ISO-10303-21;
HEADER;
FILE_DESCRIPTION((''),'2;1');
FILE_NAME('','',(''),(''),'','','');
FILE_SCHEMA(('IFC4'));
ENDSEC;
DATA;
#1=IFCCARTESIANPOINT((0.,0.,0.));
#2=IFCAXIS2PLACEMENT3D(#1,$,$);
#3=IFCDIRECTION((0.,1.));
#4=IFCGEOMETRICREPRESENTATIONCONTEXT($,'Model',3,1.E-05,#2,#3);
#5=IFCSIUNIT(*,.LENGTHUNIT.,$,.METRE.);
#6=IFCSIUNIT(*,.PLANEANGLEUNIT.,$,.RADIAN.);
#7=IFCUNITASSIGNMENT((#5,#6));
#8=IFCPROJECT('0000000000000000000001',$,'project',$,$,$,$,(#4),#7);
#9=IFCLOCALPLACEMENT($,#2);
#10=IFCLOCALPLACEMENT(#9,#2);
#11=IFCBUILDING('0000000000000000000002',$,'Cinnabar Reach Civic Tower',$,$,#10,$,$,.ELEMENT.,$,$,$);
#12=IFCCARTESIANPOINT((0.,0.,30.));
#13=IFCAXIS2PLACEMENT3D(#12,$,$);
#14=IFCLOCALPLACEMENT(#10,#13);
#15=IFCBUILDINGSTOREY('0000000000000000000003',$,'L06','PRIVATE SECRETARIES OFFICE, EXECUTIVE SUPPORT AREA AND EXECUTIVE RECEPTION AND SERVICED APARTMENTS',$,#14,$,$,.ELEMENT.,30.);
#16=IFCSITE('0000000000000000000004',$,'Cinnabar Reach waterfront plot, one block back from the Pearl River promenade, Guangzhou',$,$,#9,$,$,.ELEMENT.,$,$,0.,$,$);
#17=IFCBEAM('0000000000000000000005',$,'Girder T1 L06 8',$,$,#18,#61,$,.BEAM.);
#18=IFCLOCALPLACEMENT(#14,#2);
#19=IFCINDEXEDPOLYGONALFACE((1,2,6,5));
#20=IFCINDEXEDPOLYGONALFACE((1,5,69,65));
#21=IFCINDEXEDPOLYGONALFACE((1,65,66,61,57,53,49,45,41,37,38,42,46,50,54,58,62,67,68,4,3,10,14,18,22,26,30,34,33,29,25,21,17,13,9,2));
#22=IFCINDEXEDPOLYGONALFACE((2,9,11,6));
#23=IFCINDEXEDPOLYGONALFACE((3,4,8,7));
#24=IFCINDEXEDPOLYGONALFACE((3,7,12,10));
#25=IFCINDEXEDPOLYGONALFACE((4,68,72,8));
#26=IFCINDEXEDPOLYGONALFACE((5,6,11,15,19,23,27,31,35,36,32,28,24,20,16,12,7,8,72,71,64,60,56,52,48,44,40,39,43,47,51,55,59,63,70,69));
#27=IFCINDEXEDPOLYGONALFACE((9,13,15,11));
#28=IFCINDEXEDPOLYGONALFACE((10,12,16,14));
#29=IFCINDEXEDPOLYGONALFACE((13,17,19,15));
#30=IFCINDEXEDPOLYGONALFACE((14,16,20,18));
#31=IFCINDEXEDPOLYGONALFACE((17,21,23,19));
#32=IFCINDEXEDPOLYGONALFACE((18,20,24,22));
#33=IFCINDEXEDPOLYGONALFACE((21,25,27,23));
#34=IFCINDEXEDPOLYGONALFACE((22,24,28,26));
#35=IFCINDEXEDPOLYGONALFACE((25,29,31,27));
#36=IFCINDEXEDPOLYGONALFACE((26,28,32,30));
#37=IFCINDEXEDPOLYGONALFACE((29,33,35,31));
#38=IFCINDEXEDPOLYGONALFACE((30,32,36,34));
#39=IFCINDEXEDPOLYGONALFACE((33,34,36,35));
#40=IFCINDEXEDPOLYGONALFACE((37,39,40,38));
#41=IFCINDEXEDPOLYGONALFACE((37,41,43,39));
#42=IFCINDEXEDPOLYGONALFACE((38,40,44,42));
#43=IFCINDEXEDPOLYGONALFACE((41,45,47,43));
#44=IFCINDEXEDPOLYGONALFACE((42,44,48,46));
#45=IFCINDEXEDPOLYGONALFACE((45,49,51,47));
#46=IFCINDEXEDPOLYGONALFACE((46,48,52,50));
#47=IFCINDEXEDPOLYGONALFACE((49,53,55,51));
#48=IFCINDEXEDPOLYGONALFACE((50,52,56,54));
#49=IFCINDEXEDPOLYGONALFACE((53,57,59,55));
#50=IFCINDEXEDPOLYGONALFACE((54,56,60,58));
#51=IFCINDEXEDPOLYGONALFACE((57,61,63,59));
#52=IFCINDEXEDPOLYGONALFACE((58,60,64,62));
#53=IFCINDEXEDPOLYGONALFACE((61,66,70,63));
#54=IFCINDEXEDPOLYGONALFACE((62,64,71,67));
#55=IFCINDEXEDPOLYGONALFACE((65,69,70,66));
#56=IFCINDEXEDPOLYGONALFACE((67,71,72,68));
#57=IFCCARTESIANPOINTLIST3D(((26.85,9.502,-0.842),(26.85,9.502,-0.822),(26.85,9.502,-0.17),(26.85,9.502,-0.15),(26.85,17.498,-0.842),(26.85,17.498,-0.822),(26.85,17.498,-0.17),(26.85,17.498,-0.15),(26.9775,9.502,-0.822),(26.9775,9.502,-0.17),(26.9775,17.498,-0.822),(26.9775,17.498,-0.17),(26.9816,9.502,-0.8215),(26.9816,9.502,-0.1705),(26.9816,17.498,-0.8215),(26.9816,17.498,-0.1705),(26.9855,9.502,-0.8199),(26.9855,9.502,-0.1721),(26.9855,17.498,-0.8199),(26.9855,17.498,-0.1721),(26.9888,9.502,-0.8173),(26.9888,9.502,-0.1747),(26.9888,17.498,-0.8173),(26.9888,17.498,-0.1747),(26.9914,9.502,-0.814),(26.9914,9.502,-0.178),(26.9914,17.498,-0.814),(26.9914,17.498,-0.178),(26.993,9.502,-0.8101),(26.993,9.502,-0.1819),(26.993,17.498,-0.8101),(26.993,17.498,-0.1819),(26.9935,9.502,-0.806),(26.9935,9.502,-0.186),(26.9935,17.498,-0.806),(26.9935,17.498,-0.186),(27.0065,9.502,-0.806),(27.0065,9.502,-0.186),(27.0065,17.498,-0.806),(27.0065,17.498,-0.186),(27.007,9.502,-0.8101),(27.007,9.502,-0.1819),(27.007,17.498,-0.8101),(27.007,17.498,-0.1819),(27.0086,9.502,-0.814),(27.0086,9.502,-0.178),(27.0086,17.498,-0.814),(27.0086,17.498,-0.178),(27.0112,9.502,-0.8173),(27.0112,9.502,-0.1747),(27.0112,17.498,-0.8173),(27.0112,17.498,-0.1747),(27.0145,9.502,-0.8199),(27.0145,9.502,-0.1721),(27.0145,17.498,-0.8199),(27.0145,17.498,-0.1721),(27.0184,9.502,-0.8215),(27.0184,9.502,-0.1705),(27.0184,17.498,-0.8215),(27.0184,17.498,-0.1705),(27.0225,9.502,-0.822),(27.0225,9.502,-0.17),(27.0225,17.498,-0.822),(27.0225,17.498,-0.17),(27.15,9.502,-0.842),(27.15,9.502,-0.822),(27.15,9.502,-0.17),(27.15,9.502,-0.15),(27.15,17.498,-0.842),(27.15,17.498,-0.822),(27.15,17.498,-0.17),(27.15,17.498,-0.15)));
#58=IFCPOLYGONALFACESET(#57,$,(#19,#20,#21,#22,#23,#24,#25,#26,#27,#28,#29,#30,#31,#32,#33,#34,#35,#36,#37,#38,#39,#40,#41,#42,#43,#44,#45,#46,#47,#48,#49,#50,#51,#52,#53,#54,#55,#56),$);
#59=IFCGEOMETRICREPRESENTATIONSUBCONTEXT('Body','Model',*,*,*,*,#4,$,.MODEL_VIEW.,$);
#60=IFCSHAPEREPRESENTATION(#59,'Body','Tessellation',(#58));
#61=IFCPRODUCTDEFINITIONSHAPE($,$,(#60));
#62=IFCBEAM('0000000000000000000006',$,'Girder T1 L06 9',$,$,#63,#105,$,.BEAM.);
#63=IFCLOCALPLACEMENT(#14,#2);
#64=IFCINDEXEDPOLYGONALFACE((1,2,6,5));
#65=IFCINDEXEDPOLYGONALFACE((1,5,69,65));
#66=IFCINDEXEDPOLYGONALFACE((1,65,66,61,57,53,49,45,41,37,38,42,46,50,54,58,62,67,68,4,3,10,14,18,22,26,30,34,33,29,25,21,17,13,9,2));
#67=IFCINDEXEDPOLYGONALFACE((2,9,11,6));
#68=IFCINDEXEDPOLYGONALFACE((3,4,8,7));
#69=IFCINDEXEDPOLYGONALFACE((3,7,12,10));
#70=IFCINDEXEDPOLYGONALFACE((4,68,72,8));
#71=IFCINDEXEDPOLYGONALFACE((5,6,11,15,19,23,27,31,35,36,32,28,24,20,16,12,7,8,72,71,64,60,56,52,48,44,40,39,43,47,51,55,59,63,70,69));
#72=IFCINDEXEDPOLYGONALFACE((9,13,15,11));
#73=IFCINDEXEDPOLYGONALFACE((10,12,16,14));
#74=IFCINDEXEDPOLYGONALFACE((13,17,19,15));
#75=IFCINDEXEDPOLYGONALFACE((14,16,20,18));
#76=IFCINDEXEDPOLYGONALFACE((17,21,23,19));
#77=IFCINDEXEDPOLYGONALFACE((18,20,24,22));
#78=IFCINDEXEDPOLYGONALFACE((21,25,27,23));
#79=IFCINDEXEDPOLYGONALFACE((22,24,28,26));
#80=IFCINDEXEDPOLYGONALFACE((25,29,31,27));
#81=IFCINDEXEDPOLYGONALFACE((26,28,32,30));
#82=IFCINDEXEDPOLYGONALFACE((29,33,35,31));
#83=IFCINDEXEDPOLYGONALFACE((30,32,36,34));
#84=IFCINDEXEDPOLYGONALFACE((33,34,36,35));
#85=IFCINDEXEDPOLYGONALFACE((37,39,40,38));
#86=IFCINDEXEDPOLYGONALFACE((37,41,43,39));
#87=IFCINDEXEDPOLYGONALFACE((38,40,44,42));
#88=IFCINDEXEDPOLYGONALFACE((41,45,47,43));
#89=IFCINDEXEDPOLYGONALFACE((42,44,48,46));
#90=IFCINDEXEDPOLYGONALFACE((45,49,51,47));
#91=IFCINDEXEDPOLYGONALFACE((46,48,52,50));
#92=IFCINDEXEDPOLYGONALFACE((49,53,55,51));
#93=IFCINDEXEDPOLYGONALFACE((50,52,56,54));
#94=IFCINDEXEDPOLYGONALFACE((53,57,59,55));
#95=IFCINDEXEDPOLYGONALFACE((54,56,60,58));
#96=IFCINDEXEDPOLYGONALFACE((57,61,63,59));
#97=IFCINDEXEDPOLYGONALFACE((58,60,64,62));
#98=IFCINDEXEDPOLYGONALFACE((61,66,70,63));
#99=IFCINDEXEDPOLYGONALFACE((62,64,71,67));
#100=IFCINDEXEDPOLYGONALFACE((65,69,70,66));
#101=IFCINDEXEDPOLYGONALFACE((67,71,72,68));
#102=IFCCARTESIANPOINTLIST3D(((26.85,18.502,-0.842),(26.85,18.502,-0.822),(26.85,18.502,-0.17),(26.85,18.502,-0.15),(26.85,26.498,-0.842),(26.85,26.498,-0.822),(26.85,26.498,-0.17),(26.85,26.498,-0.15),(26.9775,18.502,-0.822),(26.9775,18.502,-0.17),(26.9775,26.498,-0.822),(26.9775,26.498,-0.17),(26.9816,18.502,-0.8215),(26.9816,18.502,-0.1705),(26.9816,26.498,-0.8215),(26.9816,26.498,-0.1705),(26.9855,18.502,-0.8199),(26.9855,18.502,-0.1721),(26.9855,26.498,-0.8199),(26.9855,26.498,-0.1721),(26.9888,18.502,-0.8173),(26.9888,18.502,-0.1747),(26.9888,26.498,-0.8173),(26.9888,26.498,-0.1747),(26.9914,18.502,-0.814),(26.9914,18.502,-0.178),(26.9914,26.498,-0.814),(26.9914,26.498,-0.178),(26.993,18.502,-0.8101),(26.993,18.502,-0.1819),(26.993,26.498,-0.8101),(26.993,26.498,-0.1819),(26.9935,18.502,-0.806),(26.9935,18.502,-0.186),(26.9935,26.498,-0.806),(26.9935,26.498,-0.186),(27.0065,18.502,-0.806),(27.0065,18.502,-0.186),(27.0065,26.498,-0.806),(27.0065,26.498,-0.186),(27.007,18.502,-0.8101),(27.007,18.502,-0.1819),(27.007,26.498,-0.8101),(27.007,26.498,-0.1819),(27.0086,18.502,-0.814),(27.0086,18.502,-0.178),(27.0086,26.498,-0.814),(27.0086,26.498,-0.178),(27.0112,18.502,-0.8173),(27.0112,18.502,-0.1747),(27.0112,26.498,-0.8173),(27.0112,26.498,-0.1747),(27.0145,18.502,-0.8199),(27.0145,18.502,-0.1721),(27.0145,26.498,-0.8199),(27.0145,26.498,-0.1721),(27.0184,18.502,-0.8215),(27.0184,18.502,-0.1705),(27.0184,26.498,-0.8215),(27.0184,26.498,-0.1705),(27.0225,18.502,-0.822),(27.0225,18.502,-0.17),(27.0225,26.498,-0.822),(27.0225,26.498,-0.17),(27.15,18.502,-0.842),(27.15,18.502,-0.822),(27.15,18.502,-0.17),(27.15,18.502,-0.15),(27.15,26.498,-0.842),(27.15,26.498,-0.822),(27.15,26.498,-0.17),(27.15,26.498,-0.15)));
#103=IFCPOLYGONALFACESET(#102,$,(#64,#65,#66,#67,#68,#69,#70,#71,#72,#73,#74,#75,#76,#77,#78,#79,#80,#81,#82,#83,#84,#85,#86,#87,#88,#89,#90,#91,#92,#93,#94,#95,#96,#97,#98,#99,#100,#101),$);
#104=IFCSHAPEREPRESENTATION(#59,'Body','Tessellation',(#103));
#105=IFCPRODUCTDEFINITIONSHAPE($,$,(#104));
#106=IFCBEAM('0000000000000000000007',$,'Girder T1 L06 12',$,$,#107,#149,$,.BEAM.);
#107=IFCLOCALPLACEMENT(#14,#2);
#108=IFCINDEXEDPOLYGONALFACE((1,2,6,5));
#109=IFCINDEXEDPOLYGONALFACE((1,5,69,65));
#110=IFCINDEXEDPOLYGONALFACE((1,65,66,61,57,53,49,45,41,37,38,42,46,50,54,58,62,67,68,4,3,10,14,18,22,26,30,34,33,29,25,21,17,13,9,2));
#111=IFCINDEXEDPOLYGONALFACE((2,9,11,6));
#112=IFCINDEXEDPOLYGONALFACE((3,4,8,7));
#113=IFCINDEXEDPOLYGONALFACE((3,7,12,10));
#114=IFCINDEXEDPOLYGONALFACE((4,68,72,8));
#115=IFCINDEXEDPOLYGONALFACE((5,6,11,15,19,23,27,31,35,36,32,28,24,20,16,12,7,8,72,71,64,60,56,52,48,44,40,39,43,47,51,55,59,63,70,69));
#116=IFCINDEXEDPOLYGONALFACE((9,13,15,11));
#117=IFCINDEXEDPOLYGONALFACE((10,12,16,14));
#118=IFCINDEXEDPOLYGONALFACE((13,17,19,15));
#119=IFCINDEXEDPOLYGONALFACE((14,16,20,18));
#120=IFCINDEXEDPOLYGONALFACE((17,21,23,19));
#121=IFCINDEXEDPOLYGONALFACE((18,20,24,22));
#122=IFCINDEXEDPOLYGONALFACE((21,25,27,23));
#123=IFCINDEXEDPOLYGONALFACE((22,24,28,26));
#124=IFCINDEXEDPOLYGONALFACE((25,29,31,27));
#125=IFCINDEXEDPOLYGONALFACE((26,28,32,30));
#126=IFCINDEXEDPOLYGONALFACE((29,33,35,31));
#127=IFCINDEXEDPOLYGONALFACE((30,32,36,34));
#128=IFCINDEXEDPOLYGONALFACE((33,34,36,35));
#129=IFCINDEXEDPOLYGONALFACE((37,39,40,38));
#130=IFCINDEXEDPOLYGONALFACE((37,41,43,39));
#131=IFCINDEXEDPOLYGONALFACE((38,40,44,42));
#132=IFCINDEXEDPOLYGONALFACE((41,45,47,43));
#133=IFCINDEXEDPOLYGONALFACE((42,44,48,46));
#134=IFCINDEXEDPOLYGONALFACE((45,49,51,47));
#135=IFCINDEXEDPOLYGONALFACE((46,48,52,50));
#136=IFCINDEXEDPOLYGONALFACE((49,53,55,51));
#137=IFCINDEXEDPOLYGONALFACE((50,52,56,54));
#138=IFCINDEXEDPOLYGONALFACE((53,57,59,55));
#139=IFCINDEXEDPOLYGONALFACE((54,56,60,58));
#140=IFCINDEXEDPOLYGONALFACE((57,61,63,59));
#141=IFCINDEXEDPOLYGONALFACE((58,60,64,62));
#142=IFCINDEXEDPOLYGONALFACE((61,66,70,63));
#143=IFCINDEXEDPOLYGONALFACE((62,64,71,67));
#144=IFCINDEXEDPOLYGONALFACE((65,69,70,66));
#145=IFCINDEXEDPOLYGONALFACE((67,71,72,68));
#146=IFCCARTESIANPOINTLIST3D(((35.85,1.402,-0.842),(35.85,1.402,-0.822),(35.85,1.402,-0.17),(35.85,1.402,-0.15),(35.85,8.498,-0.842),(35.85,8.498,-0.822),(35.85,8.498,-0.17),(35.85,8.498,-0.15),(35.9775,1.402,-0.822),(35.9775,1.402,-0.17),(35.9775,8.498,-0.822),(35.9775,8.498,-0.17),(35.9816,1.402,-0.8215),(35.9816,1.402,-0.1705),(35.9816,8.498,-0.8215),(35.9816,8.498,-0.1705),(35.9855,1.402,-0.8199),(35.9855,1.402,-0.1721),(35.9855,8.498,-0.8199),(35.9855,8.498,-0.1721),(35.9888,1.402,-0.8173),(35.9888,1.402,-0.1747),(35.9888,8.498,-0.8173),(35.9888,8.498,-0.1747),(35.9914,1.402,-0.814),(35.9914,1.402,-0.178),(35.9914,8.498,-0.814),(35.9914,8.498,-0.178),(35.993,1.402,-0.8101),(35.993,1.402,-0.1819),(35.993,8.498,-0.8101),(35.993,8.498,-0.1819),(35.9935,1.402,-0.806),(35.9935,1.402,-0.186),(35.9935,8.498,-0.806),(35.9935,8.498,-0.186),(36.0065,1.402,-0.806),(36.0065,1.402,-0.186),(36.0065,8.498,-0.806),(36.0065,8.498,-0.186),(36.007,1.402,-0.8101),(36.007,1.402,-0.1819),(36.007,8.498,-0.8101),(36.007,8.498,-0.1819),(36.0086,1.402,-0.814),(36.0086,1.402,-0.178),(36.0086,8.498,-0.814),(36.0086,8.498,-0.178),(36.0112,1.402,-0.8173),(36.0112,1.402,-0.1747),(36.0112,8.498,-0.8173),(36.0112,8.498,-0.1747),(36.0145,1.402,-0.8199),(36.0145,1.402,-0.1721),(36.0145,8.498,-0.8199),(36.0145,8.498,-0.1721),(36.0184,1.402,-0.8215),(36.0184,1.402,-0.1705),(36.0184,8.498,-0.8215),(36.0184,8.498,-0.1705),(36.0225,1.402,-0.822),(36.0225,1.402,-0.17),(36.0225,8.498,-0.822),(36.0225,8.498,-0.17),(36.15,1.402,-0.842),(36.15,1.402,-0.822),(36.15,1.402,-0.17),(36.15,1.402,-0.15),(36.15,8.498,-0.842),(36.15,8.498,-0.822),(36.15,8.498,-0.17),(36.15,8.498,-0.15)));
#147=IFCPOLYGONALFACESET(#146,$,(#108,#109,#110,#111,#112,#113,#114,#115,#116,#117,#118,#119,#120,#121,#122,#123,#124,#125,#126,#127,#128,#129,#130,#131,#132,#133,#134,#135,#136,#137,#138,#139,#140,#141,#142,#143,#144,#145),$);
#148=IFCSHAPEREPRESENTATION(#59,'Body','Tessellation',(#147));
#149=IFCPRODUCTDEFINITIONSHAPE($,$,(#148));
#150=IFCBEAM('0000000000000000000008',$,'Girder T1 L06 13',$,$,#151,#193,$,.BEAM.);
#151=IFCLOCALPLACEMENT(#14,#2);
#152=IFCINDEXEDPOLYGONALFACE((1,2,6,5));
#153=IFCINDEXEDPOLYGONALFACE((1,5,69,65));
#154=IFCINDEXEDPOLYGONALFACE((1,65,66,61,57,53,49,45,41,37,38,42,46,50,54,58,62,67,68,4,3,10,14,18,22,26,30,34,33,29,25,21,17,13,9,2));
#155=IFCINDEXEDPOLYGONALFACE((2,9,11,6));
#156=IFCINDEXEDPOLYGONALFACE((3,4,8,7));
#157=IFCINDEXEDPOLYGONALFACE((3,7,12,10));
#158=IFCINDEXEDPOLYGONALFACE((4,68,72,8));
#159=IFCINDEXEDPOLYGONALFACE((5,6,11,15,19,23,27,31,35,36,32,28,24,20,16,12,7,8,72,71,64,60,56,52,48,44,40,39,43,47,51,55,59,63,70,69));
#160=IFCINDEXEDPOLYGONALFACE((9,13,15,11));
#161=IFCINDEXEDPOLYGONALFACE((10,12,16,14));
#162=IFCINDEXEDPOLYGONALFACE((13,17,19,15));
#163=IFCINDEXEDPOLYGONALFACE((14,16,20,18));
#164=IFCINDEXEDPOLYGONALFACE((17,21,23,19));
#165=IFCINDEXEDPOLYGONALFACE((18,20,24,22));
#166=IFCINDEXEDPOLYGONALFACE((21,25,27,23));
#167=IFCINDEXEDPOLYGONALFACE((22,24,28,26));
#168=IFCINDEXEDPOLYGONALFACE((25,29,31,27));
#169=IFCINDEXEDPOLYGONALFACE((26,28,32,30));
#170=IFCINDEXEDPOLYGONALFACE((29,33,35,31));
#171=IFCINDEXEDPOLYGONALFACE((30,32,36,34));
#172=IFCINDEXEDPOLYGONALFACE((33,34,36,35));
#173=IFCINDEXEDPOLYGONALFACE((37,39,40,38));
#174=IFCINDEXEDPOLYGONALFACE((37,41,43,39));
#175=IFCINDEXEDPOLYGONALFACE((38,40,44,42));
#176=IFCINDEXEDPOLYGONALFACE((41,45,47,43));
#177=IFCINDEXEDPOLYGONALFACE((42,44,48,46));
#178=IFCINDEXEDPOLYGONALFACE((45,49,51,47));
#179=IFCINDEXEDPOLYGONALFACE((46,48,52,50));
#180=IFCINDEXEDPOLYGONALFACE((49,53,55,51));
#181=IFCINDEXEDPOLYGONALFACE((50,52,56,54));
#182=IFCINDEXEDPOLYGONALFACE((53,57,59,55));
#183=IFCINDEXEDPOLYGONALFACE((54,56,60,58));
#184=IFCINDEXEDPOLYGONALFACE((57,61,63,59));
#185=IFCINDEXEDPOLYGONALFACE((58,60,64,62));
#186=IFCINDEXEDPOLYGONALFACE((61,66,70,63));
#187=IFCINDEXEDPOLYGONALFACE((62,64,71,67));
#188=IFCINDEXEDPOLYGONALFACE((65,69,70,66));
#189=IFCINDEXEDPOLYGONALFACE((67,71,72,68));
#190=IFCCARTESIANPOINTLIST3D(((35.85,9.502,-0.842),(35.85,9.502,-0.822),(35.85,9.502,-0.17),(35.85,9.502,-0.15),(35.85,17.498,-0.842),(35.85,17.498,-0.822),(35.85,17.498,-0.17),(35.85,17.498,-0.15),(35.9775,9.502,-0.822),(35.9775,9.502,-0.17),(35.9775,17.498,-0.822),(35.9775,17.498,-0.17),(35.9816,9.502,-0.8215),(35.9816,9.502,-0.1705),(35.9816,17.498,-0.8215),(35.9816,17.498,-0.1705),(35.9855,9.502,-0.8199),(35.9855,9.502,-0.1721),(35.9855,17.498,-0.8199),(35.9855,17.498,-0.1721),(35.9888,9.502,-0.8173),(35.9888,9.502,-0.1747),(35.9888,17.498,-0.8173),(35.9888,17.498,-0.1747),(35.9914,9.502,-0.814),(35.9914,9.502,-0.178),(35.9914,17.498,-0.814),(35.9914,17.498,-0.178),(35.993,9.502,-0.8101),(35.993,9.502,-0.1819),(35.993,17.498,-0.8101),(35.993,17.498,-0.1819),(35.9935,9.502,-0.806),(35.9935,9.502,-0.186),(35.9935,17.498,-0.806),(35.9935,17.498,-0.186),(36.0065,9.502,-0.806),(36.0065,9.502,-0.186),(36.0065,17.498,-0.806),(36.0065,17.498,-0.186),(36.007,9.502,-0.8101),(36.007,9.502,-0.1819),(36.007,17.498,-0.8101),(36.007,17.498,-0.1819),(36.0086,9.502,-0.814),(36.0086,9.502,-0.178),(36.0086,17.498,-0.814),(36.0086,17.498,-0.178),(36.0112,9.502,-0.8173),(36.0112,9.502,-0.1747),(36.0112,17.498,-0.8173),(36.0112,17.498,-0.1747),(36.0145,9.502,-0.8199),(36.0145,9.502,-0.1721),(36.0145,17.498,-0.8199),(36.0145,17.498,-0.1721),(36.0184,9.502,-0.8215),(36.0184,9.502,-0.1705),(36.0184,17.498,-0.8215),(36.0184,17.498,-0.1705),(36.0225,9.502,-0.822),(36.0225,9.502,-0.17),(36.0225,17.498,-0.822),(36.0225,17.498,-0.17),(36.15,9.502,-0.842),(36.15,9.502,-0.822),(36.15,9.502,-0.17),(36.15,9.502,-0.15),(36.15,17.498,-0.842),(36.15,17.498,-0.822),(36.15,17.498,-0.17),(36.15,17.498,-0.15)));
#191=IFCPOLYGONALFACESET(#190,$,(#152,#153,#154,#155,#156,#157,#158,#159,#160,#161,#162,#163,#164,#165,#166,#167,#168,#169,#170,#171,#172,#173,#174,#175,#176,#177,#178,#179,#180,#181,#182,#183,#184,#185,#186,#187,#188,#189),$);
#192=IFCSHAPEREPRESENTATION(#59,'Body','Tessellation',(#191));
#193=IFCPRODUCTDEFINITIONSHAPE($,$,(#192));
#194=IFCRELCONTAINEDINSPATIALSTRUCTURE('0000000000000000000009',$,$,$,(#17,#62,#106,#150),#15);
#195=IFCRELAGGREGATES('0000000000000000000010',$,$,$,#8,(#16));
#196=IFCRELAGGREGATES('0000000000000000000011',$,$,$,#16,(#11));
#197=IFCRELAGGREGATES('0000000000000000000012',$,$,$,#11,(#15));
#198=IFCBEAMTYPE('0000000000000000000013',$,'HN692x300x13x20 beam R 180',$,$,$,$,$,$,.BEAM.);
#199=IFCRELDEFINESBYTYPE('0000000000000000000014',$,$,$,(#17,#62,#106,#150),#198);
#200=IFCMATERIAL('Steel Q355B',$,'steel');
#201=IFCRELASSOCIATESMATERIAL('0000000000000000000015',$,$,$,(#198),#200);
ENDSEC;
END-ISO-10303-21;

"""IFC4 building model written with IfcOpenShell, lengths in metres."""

from ifc_helpers import new_model, si_unit, direction, frame, origin, origin_2d, place, context, subcontext, project, spatial, i_section, extrude, material, material_profile, profile_set, type_object, element, save


model = new_model("IFC4")

# Units and contexts
model_context = context("Model", 3, precision=1e-05, world=origin(), true_north=direction((0.0, 1.0)))
body_context = subcontext(model_context, "Body", "Model", "MODEL_VIEW")
ifc_project = project(units=[si_unit("LENGTHUNIT", "METRE"), si_unit("PLANEANGLEUNIT", "RADIAN")], contexts=[model_context])

# Site, building, storey
site_placement = place(None, origin())
site = spatial("IfcSite", under=ifc_project, at=site_placement, Name="Cinnabar Reach waterfront plot, one block back from the Pearl River promenade, Guangzhou", CompositionType="ELEMENT", RefElevation=0.0)
building_placement = place(site_placement, origin())
building = spatial("IfcBuilding", under=site, at=building_placement, Name="Cinnabar Reach Civic Tower", CompositionType="ELEMENT")
storey_placement = place(building_placement, frame((0.0, 0.0, 30.0)))
storey = spatial("IfcBuildingStorey", under=building, at=storey_placement, Name="L06", Description="PRIVATE SECRETARIES OFFICE, EXECUTIVE SUPPORT AREA AND EXECUTIVE RECEPTION AND SERVICED APARTMENTS", CompositionType="ELEMENT", Elevation=30.0)

# Beams
ifc_material_1 = material(Name="Steel Q355B", Category="steel")
ifc_material_profile_1 = material_profile(ifc_material_1, i_section(OverallWidth=0.3, OverallDepth=0.692, WebThickness=0.013, FlangeThickness=0.02, FilletRadius=0.016, at=origin_2d()), Name="HN692x300x13x20")
ifc_profile_set_1 = profile_set([ifc_material_profile_1], Name="Steel Q355B")
beam_type_1 = type_object("IfcBeamType", Name="HN692x300x13x20 beam R 180", PredefinedType="BEAM", material=ifc_profile_set_1)
for number, where, z_axis, x_axis, name in (
    (1, (27.0, 9.502, -0.496), (0.0, 1.0, 0.0), (-1.0, 0.0, 0.0), "Girder T1 L06 8"),
    (2, (27.0, 18.502, -0.496), (0.0, 1.0, 0.0), (-1.0, 0.0, 0.0), "Girder T1 L06 9"),
):
    element("IfcBeam", number, at=place(storey_placement, frame(where, z_axis=z_axis, x_axis=x_axis)), inside=storey, type_object=beam_type_1, Name=name, PredefinedType="BEAM", context=body_context, shape_type="SweptSolid", body=[
        extrude(i_section(OverallWidth=0.3, OverallDepth=0.692, WebThickness=0.013, FlangeThickness=0.02, FilletRadius=0.016, at=origin_2d()), origin(), (0.0, 0.0, 1.0), 7.996),
    ])
beam_1_placement = place(storey_placement, frame((36.0, 1.402, -0.496), z_axis=(0.0, 1.0, 0.0), x_axis=(-1.0, 0.0, 0.0)))
element("IfcBeam", 3, at=beam_1_placement, inside=storey, type_object=beam_type_1, Name="Girder T1 L06 12", PredefinedType="BEAM", context=body_context, shape_type="SweptSolid", body=[
    extrude(i_section(OverallWidth=0.3, OverallDepth=0.692, WebThickness=0.013, FlangeThickness=0.02, FilletRadius=0.016, at=origin_2d()), origin(), (0.0, 0.0, 1.0), 7.096),
])
for number, where, z_axis, x_axis, name in (
    (4, (36.0, 9.502, -0.496), (0.0, 1.0, 0.0), (-1.0, 0.0, 0.0), "Girder T1 L06 13"),
):
    element("IfcBeam", number, at=place(storey_placement, frame(where, z_axis=z_axis, x_axis=x_axis)), inside=storey, type_object=beam_type_1, Name=name, PredefinedType="BEAM", context=body_context, shape_type="SweptSolid", body=[
        extrude(i_section(OverallWidth=0.3, OverallDepth=0.692, WebThickness=0.013, FlangeThickness=0.02, FilletRadius=0.016, at=origin_2d()), origin(), (0.0, 0.0, 1.0), 7.996),
    ])

save(model, "model.ifc")
